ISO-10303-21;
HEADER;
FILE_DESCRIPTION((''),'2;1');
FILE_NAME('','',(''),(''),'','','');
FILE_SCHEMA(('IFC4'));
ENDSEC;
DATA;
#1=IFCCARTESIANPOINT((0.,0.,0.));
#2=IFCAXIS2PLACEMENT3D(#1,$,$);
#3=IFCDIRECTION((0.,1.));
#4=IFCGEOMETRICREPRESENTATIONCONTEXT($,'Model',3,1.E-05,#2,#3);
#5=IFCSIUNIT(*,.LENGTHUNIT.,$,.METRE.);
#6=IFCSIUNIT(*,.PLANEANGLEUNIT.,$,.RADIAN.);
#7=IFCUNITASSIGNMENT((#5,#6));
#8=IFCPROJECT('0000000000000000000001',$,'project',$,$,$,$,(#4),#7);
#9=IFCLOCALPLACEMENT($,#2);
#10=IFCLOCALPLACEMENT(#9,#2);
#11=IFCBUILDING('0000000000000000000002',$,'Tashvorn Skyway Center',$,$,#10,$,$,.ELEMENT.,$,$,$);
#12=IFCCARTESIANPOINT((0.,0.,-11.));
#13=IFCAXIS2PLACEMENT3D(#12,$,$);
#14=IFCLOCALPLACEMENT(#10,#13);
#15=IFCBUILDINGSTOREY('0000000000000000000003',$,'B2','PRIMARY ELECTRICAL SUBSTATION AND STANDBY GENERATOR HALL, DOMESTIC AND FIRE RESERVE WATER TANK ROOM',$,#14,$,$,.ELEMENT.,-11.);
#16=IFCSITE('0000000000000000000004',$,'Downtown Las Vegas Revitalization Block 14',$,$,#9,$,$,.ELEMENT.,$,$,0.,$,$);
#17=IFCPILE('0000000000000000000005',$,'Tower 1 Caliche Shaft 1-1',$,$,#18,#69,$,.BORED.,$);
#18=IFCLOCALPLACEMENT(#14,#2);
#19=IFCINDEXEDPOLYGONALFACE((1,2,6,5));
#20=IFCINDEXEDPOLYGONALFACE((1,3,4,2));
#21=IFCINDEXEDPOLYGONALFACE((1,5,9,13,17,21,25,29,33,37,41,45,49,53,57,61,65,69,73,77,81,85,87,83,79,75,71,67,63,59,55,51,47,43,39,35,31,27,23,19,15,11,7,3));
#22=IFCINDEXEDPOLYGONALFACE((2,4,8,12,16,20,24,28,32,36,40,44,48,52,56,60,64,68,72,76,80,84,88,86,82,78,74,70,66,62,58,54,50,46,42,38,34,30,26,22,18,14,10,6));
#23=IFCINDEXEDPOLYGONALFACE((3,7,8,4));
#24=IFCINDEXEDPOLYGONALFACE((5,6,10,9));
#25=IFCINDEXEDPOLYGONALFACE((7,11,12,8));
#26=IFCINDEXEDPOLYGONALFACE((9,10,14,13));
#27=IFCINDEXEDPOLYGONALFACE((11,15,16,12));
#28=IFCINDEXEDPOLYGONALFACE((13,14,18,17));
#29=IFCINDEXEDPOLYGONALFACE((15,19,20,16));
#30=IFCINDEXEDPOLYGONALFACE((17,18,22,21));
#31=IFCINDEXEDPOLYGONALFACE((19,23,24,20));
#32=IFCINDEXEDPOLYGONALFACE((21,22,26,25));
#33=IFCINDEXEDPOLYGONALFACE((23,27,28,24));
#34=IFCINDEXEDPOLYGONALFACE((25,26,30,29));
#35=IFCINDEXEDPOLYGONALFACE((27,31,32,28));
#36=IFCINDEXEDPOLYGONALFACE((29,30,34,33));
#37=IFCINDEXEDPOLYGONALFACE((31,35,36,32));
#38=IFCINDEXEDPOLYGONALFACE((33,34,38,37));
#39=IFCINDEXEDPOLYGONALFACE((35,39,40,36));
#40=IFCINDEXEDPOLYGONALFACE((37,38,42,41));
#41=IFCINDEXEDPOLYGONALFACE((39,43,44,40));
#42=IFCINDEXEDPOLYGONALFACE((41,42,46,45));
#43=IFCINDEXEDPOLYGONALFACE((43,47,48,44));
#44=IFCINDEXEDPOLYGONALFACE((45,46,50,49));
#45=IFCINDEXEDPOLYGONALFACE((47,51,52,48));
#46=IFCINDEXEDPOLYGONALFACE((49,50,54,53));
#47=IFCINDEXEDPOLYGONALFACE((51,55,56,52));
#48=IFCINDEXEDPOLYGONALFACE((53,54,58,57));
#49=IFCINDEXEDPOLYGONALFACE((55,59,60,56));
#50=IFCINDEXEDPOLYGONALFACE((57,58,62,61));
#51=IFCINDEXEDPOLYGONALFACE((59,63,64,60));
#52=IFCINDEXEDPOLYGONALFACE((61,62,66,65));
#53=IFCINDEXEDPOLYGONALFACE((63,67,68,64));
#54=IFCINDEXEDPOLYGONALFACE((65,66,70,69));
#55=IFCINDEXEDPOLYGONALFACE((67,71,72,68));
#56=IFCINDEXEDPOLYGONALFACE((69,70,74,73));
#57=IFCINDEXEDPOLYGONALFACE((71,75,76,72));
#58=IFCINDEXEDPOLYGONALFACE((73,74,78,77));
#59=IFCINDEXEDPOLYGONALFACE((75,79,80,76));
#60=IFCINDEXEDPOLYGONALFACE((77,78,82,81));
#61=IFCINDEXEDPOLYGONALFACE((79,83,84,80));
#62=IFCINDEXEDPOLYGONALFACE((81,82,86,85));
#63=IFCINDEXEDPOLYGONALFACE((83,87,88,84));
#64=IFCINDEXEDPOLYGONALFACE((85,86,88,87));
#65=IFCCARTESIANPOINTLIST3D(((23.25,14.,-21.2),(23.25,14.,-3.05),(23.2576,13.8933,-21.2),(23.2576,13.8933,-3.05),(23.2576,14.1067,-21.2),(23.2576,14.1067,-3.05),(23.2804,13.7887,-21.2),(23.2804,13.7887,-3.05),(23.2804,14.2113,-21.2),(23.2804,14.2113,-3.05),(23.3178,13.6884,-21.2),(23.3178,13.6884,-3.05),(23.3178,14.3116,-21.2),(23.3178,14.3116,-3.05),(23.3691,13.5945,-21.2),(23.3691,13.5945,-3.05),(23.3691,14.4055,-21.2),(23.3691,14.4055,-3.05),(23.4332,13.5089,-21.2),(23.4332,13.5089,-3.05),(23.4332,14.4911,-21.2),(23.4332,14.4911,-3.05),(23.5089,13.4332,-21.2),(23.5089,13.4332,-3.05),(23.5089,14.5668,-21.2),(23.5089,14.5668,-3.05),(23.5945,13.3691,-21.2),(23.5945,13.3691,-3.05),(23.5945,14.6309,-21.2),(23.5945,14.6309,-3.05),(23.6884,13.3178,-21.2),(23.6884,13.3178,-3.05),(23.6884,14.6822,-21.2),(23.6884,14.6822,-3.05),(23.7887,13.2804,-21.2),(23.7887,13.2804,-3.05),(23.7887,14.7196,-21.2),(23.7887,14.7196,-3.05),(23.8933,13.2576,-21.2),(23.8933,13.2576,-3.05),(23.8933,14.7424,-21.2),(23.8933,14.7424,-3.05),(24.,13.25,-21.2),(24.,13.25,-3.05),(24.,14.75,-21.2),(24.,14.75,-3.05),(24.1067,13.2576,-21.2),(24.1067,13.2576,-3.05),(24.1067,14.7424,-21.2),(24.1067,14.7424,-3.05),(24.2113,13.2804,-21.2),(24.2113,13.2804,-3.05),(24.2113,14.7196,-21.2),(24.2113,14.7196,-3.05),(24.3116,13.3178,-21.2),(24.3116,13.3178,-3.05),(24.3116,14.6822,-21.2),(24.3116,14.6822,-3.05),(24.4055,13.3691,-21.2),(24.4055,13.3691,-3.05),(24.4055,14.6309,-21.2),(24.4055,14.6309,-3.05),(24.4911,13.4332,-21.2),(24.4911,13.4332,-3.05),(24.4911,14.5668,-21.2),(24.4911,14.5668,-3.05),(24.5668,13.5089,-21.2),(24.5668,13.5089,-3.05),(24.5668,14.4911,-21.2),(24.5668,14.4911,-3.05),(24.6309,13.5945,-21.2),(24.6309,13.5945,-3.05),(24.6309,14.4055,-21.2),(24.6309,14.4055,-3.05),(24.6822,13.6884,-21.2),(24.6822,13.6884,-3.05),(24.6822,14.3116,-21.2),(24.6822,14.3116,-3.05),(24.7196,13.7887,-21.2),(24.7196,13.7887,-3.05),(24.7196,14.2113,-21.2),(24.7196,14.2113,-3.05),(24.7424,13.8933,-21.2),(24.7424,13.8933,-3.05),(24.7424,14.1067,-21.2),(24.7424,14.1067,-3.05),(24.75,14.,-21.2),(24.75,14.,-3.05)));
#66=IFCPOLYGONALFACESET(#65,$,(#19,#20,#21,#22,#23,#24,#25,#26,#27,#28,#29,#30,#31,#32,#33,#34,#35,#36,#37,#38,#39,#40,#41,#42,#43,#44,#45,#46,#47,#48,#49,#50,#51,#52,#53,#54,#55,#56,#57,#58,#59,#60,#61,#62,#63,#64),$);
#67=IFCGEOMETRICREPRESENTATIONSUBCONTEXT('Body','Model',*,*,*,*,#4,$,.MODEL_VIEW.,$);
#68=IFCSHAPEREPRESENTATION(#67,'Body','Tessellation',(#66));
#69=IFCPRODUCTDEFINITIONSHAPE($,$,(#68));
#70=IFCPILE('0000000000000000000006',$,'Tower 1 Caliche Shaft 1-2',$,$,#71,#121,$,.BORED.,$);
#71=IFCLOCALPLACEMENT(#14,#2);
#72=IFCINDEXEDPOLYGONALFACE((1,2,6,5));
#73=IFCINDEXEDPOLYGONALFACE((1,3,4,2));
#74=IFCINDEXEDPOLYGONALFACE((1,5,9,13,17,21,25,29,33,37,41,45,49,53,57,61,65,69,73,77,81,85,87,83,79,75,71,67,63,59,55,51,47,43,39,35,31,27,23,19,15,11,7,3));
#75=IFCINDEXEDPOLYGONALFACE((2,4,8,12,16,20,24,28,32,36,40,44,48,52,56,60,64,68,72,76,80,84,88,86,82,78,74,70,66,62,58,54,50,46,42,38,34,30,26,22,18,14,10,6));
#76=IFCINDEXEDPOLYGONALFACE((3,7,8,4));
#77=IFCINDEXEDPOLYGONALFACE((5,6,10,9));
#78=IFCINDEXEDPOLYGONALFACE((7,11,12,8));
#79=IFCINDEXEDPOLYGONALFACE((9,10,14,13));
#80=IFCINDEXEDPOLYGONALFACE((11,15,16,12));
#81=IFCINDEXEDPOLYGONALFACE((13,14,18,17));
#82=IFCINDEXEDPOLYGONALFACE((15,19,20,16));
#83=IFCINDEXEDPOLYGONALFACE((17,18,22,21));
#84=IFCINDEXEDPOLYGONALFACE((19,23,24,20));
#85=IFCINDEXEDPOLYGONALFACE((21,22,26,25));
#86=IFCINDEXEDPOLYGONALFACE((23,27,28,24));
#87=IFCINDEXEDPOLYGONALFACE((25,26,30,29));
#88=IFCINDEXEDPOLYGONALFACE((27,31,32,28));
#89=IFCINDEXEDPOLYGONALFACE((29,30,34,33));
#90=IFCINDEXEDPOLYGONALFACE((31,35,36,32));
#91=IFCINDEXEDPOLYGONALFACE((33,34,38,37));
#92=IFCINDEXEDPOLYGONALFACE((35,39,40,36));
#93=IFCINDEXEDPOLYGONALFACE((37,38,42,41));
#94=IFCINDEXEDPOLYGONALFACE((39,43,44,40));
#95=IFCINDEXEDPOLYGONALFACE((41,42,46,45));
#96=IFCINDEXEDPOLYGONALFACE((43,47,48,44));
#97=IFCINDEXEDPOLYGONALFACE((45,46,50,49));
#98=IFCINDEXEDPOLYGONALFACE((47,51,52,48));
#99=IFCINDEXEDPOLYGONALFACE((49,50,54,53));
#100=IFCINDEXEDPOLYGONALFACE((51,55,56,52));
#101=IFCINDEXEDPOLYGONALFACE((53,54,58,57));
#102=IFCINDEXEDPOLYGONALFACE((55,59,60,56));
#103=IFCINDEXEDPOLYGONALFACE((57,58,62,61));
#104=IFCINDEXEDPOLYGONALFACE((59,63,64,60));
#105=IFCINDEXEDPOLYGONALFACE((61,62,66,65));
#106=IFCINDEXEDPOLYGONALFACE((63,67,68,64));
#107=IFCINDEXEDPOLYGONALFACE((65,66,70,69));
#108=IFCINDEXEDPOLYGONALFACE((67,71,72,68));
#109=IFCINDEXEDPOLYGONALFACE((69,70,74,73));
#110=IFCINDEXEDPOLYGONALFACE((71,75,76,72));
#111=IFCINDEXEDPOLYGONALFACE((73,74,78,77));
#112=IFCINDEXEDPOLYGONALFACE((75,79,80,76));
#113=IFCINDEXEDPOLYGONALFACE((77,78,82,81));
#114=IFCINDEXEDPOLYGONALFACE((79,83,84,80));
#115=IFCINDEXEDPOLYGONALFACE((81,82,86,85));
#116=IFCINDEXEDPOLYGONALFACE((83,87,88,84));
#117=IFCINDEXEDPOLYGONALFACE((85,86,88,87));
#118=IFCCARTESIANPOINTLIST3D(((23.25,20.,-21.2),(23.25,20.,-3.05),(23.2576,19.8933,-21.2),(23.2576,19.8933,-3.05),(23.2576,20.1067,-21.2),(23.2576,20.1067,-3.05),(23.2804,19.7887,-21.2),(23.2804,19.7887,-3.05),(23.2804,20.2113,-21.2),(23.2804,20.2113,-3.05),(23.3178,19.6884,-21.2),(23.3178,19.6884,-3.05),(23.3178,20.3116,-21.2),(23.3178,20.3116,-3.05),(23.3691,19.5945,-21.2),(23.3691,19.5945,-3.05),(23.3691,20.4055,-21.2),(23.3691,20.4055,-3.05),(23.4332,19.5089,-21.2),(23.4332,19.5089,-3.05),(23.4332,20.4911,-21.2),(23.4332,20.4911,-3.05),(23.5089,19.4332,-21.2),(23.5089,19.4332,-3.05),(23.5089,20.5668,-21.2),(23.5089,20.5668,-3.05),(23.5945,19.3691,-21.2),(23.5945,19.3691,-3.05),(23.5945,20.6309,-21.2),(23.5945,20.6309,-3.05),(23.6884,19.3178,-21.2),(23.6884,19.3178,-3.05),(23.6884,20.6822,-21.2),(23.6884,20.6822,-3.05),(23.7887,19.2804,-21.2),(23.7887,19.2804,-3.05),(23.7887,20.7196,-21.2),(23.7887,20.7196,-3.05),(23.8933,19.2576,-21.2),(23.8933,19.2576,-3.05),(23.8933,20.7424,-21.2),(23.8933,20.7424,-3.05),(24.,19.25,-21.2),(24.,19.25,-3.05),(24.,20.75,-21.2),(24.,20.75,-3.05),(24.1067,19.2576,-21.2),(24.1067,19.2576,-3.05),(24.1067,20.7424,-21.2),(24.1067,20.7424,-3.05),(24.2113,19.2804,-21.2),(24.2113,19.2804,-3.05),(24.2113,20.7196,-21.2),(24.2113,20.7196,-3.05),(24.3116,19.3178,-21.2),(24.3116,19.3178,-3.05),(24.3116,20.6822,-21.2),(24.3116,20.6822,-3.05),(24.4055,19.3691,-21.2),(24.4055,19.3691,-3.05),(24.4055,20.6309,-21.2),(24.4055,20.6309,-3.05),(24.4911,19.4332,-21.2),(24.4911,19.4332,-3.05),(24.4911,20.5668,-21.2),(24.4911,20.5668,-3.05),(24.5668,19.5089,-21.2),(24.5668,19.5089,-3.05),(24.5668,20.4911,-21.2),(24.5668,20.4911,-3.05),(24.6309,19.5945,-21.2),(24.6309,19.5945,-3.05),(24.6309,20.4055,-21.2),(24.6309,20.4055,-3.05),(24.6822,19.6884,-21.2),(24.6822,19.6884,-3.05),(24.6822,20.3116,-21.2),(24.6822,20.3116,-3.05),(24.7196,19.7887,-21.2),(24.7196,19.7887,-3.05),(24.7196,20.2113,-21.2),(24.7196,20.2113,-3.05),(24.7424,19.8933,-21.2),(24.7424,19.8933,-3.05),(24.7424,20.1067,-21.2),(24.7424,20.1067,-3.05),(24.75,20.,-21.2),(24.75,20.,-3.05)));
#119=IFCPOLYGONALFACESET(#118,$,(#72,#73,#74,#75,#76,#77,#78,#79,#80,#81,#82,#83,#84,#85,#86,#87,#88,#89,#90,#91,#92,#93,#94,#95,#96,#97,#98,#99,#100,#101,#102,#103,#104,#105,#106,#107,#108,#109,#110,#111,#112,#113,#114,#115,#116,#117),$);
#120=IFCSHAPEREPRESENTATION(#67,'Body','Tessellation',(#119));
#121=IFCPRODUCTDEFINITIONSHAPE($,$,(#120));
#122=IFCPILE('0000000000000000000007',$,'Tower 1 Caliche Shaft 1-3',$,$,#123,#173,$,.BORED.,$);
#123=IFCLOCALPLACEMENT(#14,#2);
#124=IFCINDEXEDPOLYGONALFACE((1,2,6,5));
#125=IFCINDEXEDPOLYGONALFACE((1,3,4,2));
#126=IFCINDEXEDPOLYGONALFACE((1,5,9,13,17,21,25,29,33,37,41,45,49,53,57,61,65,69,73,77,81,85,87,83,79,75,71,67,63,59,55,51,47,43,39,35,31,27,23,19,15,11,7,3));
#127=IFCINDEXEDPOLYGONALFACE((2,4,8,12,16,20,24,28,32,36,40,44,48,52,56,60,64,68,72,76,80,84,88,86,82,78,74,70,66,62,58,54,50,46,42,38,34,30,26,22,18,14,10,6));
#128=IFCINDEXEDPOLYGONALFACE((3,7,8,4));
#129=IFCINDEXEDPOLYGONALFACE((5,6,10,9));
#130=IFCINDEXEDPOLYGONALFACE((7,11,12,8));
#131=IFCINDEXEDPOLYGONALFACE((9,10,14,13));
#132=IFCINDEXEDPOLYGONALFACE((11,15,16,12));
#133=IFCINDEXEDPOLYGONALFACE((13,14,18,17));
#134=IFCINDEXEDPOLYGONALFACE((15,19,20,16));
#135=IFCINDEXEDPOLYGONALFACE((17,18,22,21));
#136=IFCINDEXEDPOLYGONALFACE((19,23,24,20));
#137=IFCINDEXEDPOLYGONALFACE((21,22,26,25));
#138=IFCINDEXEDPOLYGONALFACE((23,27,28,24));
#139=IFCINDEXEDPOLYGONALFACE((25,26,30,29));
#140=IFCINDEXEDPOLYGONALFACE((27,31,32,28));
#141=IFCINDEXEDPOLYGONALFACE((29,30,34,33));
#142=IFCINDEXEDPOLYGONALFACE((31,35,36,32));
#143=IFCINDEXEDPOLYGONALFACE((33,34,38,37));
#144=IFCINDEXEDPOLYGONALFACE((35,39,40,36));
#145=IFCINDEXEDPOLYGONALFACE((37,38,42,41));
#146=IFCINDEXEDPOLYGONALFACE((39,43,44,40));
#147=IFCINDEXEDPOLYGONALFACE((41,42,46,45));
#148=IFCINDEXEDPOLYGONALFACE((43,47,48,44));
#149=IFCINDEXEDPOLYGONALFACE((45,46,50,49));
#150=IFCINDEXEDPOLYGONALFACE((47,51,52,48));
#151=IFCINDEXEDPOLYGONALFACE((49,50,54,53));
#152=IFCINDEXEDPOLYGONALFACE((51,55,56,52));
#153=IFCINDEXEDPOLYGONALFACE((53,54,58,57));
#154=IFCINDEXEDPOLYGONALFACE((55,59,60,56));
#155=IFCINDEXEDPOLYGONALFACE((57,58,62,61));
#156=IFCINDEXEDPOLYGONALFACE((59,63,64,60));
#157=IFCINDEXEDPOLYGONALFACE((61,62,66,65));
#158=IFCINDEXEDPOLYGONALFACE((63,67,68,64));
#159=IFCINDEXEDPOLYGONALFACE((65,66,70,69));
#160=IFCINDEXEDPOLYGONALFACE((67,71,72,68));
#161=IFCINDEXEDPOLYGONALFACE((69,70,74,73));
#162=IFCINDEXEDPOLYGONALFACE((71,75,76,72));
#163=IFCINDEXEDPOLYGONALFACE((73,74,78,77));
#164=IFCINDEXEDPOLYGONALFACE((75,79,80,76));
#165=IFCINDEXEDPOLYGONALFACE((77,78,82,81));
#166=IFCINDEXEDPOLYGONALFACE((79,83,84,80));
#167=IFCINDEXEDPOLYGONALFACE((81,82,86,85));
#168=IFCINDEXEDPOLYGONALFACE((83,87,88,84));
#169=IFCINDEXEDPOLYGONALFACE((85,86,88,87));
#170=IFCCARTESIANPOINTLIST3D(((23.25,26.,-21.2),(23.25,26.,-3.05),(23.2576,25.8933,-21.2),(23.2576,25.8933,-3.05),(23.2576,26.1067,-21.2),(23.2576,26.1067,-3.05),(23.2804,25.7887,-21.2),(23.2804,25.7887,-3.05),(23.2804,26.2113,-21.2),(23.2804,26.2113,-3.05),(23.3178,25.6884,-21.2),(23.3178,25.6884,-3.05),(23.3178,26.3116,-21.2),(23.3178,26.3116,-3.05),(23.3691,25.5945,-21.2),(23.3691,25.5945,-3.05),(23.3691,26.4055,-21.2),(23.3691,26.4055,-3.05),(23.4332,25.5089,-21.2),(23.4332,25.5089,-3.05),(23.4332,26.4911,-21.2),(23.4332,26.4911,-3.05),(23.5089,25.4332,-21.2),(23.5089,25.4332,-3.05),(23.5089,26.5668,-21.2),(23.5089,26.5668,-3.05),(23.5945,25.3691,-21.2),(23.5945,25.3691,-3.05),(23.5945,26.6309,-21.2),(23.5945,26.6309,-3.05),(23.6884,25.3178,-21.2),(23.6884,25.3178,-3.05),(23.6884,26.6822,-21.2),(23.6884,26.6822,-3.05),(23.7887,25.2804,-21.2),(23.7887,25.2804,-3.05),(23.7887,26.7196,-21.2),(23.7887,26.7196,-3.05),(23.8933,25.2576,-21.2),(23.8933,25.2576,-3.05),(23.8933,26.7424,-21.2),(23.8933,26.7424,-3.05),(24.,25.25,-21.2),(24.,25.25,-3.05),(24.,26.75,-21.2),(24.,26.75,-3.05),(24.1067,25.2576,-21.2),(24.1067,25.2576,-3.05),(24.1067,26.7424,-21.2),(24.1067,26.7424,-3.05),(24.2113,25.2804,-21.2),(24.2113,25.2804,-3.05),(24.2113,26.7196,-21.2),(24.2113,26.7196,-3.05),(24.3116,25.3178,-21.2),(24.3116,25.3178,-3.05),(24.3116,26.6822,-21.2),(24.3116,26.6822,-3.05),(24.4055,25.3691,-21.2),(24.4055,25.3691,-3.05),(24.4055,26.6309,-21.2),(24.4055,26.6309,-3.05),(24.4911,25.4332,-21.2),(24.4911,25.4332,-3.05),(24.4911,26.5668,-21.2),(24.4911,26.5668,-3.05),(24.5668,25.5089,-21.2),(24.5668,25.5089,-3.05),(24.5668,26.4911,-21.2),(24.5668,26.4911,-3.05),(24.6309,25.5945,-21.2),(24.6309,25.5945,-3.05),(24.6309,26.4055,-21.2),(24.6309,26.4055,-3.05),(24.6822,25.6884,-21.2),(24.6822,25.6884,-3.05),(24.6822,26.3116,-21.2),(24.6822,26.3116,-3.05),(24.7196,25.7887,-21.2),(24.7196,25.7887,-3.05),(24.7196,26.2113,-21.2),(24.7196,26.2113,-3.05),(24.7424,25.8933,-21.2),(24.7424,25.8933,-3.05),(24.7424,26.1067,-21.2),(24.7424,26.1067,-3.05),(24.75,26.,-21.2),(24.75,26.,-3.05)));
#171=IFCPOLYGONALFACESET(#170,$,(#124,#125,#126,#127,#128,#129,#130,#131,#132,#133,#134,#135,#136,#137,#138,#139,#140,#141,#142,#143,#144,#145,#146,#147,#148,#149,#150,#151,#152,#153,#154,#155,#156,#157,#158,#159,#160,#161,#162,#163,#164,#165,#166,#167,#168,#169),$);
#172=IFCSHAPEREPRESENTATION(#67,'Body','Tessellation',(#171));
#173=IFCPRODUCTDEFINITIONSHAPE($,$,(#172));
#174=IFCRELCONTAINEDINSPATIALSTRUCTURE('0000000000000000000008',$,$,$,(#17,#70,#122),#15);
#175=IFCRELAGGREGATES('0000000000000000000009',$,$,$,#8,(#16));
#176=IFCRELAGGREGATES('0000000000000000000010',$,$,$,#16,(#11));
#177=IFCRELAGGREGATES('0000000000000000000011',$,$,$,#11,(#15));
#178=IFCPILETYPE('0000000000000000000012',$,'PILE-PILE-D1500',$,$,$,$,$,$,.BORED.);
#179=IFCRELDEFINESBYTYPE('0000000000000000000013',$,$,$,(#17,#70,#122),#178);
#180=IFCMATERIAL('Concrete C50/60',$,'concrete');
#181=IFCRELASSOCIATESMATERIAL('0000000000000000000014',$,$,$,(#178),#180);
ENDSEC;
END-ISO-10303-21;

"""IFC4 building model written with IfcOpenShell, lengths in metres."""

from ifc_helpers import new_model, si_unit, direction, frame, origin, origin_2d, place, context, subcontext, project, spatial, circle, extrude, material, material_profile, profile_set, type_object, element, save


model = new_model("IFC4")

# Units and contexts
model_context = context("Model", 3, precision=1e-05, world=origin(), true_north=direction((0.0, 1.0)))
body_context = subcontext(model_context, "Body", "Model", "MODEL_VIEW")
ifc_project = project(units=[si_unit("LENGTHUNIT", "METRE"), si_unit("PLANEANGLEUNIT", "RADIAN")], contexts=[model_context])

# Site, building, storey
site_placement = place(None, origin())
site = spatial("IfcSite", under=ifc_project, at=site_placement, Name="Downtown Las Vegas Revitalization Block 14", CompositionType="ELEMENT", RefElevation=0.0)
building_placement = place(site_placement, origin())
building = spatial("IfcBuilding", under=site, at=building_placement, Name="Tashvorn Skyway Center", CompositionType="ELEMENT")
storey_placement = place(building_placement, frame((0.0, 0.0, -11.0)))
storey = spatial("IfcBuildingStorey", under=building, at=storey_placement, Name="B2", Description="PRIMARY ELECTRICAL SUBSTATION AND STANDBY GENERATOR HALL, DOMESTIC AND FIRE RESERVE WATER TANK ROOM", CompositionType="ELEMENT", Elevation=-11.0)

# Piles
ifc_material_1 = material(Name="Concrete C50/60", Category="concrete")
ifc_material_profile_1 = material_profile(ifc_material_1, circle(Radius=0.75, at=origin_2d()), Name="PILE-D1500")
ifc_profile_set_1 = profile_set([ifc_material_profile_1], Name="Concrete C50/60")
pile_type = type_object("IfcPileType", Name="PILE-PILE-D1500", PredefinedType="BORED", material=ifc_profile_set_1)
for number, where, z_axis, x_axis, name in (
    (1, (24.0, 14.0, -3.05), (0.0, 0.0, -1.0), (1.0, 0.0, 0.0), "Tower 1 Caliche Shaft 1-1"),
    (2, (24.0, 20.0, -3.05), (0.0, 0.0, -1.0), (1.0, 0.0, 0.0), "Tower 1 Caliche Shaft 1-2"),
    (3, (24.0, 26.0, -3.05), (0.0, 0.0, -1.0), (1.0, 0.0, 0.0), "Tower 1 Caliche Shaft 1-3"),
):
    element("IfcPile", number, at=place(storey_placement, frame(where, z_axis=z_axis, x_axis=x_axis)), inside=storey, type_object=pile_type, Name=name, PredefinedType="BORED", context=body_context, shape_type="SweptSolid", body=[
        extrude(circle(Radius=0.75, at=origin_2d()), origin(), (0.0, 0.0, 1.0), 18.1499),
    ])

save(model, "model.ifc")
